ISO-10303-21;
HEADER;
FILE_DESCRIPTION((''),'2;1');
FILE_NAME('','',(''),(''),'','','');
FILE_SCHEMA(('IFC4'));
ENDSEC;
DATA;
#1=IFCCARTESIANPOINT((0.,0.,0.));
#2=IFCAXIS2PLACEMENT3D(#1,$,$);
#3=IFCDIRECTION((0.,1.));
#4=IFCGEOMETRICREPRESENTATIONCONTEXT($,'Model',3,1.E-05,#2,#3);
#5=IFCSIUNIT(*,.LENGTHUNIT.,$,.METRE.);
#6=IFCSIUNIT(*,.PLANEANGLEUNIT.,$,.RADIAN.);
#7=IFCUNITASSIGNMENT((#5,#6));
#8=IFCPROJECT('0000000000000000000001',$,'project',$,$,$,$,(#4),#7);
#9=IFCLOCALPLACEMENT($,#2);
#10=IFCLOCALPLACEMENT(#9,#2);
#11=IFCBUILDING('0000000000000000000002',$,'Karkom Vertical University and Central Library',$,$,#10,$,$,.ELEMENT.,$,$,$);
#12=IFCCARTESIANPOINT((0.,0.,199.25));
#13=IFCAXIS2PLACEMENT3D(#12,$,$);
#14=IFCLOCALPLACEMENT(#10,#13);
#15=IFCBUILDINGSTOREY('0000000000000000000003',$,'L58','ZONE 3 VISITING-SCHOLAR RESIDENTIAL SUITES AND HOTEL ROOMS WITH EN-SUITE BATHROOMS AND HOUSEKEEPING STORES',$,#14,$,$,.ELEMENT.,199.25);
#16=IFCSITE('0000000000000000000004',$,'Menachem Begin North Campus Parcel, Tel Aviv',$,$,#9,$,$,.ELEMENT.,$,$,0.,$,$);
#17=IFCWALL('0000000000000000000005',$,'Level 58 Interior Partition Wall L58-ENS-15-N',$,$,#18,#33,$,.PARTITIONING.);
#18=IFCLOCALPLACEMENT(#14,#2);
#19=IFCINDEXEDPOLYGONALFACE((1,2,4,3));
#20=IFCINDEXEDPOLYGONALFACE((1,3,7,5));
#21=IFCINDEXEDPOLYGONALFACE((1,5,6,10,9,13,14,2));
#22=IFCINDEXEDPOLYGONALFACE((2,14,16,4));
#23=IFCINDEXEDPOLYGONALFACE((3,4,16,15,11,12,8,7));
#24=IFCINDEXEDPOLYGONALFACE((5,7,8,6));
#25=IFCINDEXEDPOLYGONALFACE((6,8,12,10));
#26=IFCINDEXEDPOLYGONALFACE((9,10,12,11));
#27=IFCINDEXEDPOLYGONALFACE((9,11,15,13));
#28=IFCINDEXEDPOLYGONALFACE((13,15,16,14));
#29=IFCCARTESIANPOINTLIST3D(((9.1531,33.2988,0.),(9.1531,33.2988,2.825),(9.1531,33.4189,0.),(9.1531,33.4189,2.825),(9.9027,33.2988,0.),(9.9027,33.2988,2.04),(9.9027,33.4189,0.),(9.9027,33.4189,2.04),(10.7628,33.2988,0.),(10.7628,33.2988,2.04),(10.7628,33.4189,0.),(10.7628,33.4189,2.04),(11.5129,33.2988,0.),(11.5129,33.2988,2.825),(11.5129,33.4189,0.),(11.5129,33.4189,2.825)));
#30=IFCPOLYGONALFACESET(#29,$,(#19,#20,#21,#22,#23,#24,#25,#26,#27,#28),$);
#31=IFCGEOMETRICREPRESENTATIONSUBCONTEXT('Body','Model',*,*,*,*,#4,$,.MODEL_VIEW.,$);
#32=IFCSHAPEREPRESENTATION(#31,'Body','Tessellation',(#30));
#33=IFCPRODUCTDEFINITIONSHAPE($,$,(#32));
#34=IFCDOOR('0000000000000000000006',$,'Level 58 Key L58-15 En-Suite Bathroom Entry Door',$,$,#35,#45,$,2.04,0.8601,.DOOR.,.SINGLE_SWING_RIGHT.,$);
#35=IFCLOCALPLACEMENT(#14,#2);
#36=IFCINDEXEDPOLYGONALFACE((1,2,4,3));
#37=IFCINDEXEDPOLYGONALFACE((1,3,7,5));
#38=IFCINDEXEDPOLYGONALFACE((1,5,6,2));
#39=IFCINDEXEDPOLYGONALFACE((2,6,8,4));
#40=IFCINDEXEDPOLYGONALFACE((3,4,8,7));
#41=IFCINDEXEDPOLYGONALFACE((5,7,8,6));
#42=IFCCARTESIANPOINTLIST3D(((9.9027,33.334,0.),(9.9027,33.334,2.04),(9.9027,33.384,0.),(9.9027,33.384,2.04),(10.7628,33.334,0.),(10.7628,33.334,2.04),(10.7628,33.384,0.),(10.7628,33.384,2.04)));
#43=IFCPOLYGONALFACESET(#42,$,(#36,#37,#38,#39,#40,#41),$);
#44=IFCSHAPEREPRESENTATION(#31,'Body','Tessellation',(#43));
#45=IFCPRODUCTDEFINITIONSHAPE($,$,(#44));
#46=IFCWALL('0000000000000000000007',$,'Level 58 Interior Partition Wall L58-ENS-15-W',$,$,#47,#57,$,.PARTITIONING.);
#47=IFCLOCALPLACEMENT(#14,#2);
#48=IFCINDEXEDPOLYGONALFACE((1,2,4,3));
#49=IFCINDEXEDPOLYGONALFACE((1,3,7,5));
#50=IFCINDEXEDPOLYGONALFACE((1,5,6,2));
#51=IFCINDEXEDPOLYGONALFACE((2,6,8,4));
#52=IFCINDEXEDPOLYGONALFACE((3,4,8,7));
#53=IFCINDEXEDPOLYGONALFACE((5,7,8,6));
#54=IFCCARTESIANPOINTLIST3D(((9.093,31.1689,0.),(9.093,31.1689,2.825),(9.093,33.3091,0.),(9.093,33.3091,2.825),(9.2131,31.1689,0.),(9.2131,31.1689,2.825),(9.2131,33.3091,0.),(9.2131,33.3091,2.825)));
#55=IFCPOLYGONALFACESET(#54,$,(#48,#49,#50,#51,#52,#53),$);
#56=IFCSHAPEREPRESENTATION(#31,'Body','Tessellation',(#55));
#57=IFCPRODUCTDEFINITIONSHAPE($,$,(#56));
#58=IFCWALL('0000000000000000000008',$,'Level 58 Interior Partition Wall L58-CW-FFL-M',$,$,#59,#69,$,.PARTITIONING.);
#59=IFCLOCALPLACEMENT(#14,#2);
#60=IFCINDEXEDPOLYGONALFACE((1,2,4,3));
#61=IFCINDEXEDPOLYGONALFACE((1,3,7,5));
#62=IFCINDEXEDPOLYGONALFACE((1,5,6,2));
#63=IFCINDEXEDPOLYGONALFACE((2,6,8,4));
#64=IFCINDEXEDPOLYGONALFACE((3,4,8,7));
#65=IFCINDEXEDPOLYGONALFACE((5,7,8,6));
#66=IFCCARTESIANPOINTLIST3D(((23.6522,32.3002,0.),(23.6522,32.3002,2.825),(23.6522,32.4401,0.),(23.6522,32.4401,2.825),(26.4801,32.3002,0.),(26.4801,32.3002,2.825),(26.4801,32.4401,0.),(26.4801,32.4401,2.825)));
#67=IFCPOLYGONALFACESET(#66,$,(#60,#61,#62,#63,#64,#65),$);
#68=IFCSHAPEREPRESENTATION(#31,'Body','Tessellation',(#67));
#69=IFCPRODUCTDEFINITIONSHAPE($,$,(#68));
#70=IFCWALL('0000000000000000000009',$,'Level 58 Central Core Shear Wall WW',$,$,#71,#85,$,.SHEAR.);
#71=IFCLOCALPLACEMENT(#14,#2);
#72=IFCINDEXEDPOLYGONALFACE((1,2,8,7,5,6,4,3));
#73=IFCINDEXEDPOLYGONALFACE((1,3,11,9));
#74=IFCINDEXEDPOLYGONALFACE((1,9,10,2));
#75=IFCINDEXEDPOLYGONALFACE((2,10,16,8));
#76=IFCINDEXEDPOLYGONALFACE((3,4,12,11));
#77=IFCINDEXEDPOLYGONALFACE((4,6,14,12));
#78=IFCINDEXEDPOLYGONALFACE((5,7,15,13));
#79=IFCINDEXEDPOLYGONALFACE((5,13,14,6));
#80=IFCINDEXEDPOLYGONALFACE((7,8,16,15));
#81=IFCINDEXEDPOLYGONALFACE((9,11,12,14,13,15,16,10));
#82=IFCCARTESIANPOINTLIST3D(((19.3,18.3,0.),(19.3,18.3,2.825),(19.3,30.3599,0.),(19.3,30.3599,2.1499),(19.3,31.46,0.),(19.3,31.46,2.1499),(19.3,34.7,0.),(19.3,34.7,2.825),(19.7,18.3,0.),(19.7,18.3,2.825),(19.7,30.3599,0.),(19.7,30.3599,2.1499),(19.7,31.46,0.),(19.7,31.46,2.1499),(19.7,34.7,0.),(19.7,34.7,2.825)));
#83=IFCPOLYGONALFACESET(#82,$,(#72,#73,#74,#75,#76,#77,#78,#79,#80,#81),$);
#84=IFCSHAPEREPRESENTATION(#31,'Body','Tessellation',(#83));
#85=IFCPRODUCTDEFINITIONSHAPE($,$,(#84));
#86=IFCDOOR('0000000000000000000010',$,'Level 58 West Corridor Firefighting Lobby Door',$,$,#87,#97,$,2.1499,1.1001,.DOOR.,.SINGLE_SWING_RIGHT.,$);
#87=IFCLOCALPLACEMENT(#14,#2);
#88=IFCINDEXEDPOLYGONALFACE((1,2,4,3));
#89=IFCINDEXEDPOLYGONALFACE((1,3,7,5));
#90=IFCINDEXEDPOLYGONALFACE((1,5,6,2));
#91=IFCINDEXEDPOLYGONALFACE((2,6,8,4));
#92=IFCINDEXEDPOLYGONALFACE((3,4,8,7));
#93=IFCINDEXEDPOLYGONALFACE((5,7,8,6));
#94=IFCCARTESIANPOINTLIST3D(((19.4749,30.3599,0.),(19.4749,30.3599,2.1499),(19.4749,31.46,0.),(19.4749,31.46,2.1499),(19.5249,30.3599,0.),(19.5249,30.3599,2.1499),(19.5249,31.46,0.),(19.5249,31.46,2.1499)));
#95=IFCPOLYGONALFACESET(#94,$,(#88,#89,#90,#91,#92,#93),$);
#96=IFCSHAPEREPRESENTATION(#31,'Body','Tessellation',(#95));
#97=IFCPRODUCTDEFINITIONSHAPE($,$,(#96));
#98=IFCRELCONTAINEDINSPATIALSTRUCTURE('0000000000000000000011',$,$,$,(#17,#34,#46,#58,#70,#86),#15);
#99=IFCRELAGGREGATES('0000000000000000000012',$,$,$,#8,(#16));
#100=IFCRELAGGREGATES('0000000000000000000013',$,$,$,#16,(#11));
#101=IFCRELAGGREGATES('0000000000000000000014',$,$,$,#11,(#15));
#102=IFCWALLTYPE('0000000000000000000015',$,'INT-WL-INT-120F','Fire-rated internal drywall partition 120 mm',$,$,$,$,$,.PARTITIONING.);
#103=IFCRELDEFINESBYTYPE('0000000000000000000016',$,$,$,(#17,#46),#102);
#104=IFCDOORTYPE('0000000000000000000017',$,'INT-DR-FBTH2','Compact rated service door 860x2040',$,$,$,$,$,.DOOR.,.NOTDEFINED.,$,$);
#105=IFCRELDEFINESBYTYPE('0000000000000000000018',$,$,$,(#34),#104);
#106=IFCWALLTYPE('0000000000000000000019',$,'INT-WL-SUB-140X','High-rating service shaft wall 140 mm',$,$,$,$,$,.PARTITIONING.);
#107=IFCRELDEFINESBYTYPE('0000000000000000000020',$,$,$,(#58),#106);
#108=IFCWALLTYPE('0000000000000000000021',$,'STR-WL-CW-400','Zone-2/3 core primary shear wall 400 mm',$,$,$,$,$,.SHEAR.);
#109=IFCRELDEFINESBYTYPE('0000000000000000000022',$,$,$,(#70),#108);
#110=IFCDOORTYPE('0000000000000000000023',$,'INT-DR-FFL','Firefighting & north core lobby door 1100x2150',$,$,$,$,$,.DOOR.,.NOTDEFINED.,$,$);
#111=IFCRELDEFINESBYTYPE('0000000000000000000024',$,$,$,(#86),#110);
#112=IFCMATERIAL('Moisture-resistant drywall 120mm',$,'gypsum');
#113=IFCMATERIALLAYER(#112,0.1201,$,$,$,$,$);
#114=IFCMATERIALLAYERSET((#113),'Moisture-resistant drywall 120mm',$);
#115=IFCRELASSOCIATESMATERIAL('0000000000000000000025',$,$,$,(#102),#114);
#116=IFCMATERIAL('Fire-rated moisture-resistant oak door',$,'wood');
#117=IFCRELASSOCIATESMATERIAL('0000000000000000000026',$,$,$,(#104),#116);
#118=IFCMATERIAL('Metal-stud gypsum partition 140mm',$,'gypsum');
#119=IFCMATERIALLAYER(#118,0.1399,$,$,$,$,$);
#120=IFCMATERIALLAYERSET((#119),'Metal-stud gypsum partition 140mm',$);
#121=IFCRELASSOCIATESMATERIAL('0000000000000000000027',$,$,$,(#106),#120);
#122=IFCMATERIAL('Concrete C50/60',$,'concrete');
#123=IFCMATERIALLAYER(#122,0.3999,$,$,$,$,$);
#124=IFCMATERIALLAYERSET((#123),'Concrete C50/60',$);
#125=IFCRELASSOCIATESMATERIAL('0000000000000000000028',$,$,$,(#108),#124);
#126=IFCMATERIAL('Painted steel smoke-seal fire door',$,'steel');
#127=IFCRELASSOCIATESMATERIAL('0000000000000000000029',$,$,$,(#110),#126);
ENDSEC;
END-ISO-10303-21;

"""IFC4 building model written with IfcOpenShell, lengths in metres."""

from ifc_helpers import new_model, si_unit, direction, frame, frame_2d, origin, origin_with_axes, place, context, subcontext, project, spatial, rectangle, extrude, source, transform, mapped, material, layer, layer_set, type_object, element, fill, save


model = new_model("IFC4")

# Units and contexts
model_context = context("Model", 3, precision=1e-05, world=origin(), true_north=direction((0.0, 1.0)))
body_context = subcontext(model_context, "Body", "Model", "MODEL_VIEW")
ifc_project = project(units=[si_unit("LENGTHUNIT", "METRE"), si_unit("PLANEANGLEUNIT", "RADIAN")], contexts=[model_context])

# Site, building, storey
site_placement = place(None, origin())
site = spatial("IfcSite", under=ifc_project, at=site_placement, Name="Menachem Begin North Campus Parcel, Tel Aviv", CompositionType="ELEMENT", RefElevation=0.0)
building_placement = place(site_placement, origin())
building = spatial("IfcBuilding", under=site, at=building_placement, Name="Karkom Vertical University and Central Library", CompositionType="ELEMENT")
storey_placement = place(building_placement, frame((0.0, 0.0, 199.25)))
storey = spatial("IfcBuildingStorey", under=building, at=storey_placement, Name="L58", Description="ZONE 3 VISITING-SCHOLAR RESIDENTIAL SUITES AND HOTEL ROOMS WITH EN-SUITE BATHROOMS AND HOUSEKEEPING STORES", CompositionType="ELEMENT", Elevation=199.25)

# Shared definitions
ifc_material_1 = material(Name="Concrete C50/60", Category="concrete")

# Wall, opening, door
ifc_material_2 = material(Name="Moisture-resistant drywall 120mm", Category="gypsum")
ifc_layer_1 = layer(ifc_material_2, 0.1201)
ifc_layer_set_1 = layer_set([ifc_layer_1], Name="Moisture-resistant drywall 120mm")
wall_type_1 = type_object("IfcWallType", Name="INT-WL-INT-120F", Description="Fire-rated internal drywall partition 120 mm", PredefinedType="PARTITIONING", material=ifc_layer_set_1)
wall_1_placement = place(storey_placement, frame((11.5129, 33.3589, 0.0), z_axis=(0.0, 0.0, 1.0), x_axis=(-1.0, 0.0, 0.0)))
wall_1 = element("IfcWall", 1, at=wall_1_placement, inside=storey, type_object=wall_type_1, Name="Level 58 Interior Partition Wall L58-ENS-15-N", PredefinedType="PARTITIONING", context=body_context, shape_type="SweptSolid", body=[
    extrude(rectangle(XDim=2.3599, YDim=0.1201, at=frame_2d((1.1799, 0.0))), origin(), (0.0, 0.0, 1.0), 2.825),
])
opening_1_placement = place(wall_1_placement, frame((0.75, 0.0, 0.0)))
opening_1 = element("IfcOpeningElement", 2, at=opening_1_placement, cuts=wall_1, PredefinedType="OPENING", context=body_context, shape_type="SweptSolid", body=[
    extrude(rectangle(XDim=0.8601, YDim=2.04, at=frame_2d((0.4302, 1.02))), frame((0.0, 0.0701, 0.0), z_axis=(0.0, -1.0, 0.0), x_axis=(1.0, 0.0, 0.0)), (0.0, 0.0, 1.0), 0.1401),
])
ifc_material_3 = material(Name="Fire-rated moisture-resistant oak door", Category="wood")
door_type_1 = type_object("IfcDoorType", Name="INT-DR-FBTH2", Description="Compact rated service door 860x2040", OperationType="NOTDEFINED", PredefinedType="DOOR", material=ifc_material_3)
shared_shape_1 = source(origin_with_axes(), body_context, "Body", "SweptSolid", [
    extrude(rectangle(XDim=0.8601, YDim=2.04, at=frame_2d((0.4302, 1.02))), frame((0.0, 0.0249, 0.0), z_axis=(0.0, -1.0, 0.0), x_axis=(1.0, 0.0, 0.0)), (0.0, 0.0, 1.0), 0.05),
])
door_1_placement = place(opening_1_placement, origin())
door_1 = element("IfcDoor", 3, at=door_1_placement, inside=storey, type_object=door_type_1, Name="Level 58 Key L58-15 En-Suite Bathroom Entry Door", OperationType="SINGLE_SWING_RIGHT", OverallHeight=2.04, OverallWidth=0.8601, PredefinedType="DOOR", context=body_context, shape_type="MappedRepresentation", body=[
    mapped(shared_shape_1, transform((0.0, 0.0, 0.0), scale=1.0)),
])
fill(opening_1, door_1)

# Walls
wall_2_placement = place(storey_placement, frame((9.1531, 33.3091, 0.0), z_axis=(0.0, 0.0, 1.0), x_axis=(0.0, -1.0, 0.0)))
element("IfcWall", 4, at=wall_2_placement, inside=storey, type_object=wall_type_1, Name="Level 58 Interior Partition Wall L58-ENS-15-W", PredefinedType="PARTITIONING", context=body_context, shape_type="SweptSolid", body=[
    extrude(rectangle(XDim=2.1401, YDim=0.1201, at=frame_2d((1.0701, 0.0))), origin(), (0.0, 0.0, 1.0), 2.825),
])
ifc_material_4 = material(Name="Metal-stud gypsum partition 140mm", Category="gypsum")
ifc_layer_2 = layer(ifc_material_4, 0.1399)
ifc_layer_set_2 = layer_set([ifc_layer_2], Name="Metal-stud gypsum partition 140mm")
wall_type_2 = type_object("IfcWallType", Name="INT-WL-SUB-140X", Description="High-rating service shaft wall 140 mm", PredefinedType="PARTITIONING", material=ifc_layer_set_2)
wall_3_placement = place(storey_placement, frame((23.6521, 32.3701, 0.0), z_axis=(0.0, 0.0, 1.0), x_axis=(1.0, 0.0, 0.0)))
element("IfcWall", 5, at=wall_3_placement, inside=storey, type_object=wall_type_2, Name="Level 58 Interior Partition Wall L58-CW-FFL-M", PredefinedType="PARTITIONING", context=body_context, shape_type="SweptSolid", body=[
    extrude(rectangle(XDim=2.8279, YDim=0.1399, at=frame_2d((1.4141, 0.0))), origin(), (0.0, 0.0, 1.0), 2.825),
])

# Wall, opening, door
ifc_layer_3 = layer(ifc_material_1, 0.3999)
ifc_layer_set_3 = layer_set([ifc_layer_3], Name="Concrete C50/60")
wall_type_3 = type_object("IfcWallType", Name="STR-WL-CW-400", Description="Zone-2/3 core primary shear wall 400 mm", PredefinedType="SHEAR", material=ifc_layer_set_3)
wall_4_placement = place(storey_placement, frame((19.5, 34.7, 0.0), z_axis=(0.0, 0.0, 1.0), x_axis=(0.0, -1.0, 0.0)))
wall_4 = element("IfcWall", 6, at=wall_4_placement, inside=storey, type_object=wall_type_3, Name="Level 58 Central Core Shear Wall WW", PredefinedType="SHEAR", context=body_context, shape_type="SweptSolid", body=[
    extrude(rectangle(XDim=16.3999, YDim=0.3999, at=frame_2d((8.2, 0.0))), origin(), (0.0, 0.0, 1.0), 2.825),
])
opening_2_placement = place(wall_4_placement, frame((3.24, 0.0, 0.0)))
opening_2 = element("IfcOpeningElement", 7, at=opening_2_placement, cuts=wall_4, PredefinedType="OPENING", context=body_context, shape_type="SweptSolid", body=[
    extrude(rectangle(XDim=1.1001, YDim=2.1499, at=frame_2d((0.55, 1.075))), frame((0.0, 0.21, 0.0), z_axis=(0.0, -1.0, 0.0), x_axis=(1.0, 0.0, 0.0)), (0.0, 0.0, 1.0), 0.4199),
])
ifc_material_5 = material(Name="Painted steel smoke-seal fire door", Category="steel")
door_type_2 = type_object("IfcDoorType", Name="INT-DR-FFL", Description="Firefighting & north core lobby door 1100x2150", OperationType="NOTDEFINED", PredefinedType="DOOR", material=ifc_material_5)
shared_shape_2 = source(origin_with_axes(), body_context, "Body", "SweptSolid", [
    extrude(rectangle(XDim=1.1001, YDim=2.1499, at=frame_2d((0.55, 1.075))), frame((0.0, 0.0249, 0.0), z_axis=(0.0, -1.0, 0.0), x_axis=(1.0, 0.0, 0.0)), (0.0, 0.0, 1.0), 0.05),
])
door_2_placement = place(opening_2_placement, origin())
door_2 = element("IfcDoor", 8, at=door_2_placement, inside=storey, type_object=door_type_2, Name="Level 58 West Corridor Firefighting Lobby Door", OperationType="SINGLE_SWING_RIGHT", OverallHeight=2.1499, OverallWidth=1.1001, PredefinedType="DOOR", context=body_context, shape_type="MappedRepresentation", body=[
    mapped(shared_shape_2, transform((0.0, 0.0, 0.0), scale=1.0)),
])
fill(opening_2, door_2)

save(model, "model.ifc")
